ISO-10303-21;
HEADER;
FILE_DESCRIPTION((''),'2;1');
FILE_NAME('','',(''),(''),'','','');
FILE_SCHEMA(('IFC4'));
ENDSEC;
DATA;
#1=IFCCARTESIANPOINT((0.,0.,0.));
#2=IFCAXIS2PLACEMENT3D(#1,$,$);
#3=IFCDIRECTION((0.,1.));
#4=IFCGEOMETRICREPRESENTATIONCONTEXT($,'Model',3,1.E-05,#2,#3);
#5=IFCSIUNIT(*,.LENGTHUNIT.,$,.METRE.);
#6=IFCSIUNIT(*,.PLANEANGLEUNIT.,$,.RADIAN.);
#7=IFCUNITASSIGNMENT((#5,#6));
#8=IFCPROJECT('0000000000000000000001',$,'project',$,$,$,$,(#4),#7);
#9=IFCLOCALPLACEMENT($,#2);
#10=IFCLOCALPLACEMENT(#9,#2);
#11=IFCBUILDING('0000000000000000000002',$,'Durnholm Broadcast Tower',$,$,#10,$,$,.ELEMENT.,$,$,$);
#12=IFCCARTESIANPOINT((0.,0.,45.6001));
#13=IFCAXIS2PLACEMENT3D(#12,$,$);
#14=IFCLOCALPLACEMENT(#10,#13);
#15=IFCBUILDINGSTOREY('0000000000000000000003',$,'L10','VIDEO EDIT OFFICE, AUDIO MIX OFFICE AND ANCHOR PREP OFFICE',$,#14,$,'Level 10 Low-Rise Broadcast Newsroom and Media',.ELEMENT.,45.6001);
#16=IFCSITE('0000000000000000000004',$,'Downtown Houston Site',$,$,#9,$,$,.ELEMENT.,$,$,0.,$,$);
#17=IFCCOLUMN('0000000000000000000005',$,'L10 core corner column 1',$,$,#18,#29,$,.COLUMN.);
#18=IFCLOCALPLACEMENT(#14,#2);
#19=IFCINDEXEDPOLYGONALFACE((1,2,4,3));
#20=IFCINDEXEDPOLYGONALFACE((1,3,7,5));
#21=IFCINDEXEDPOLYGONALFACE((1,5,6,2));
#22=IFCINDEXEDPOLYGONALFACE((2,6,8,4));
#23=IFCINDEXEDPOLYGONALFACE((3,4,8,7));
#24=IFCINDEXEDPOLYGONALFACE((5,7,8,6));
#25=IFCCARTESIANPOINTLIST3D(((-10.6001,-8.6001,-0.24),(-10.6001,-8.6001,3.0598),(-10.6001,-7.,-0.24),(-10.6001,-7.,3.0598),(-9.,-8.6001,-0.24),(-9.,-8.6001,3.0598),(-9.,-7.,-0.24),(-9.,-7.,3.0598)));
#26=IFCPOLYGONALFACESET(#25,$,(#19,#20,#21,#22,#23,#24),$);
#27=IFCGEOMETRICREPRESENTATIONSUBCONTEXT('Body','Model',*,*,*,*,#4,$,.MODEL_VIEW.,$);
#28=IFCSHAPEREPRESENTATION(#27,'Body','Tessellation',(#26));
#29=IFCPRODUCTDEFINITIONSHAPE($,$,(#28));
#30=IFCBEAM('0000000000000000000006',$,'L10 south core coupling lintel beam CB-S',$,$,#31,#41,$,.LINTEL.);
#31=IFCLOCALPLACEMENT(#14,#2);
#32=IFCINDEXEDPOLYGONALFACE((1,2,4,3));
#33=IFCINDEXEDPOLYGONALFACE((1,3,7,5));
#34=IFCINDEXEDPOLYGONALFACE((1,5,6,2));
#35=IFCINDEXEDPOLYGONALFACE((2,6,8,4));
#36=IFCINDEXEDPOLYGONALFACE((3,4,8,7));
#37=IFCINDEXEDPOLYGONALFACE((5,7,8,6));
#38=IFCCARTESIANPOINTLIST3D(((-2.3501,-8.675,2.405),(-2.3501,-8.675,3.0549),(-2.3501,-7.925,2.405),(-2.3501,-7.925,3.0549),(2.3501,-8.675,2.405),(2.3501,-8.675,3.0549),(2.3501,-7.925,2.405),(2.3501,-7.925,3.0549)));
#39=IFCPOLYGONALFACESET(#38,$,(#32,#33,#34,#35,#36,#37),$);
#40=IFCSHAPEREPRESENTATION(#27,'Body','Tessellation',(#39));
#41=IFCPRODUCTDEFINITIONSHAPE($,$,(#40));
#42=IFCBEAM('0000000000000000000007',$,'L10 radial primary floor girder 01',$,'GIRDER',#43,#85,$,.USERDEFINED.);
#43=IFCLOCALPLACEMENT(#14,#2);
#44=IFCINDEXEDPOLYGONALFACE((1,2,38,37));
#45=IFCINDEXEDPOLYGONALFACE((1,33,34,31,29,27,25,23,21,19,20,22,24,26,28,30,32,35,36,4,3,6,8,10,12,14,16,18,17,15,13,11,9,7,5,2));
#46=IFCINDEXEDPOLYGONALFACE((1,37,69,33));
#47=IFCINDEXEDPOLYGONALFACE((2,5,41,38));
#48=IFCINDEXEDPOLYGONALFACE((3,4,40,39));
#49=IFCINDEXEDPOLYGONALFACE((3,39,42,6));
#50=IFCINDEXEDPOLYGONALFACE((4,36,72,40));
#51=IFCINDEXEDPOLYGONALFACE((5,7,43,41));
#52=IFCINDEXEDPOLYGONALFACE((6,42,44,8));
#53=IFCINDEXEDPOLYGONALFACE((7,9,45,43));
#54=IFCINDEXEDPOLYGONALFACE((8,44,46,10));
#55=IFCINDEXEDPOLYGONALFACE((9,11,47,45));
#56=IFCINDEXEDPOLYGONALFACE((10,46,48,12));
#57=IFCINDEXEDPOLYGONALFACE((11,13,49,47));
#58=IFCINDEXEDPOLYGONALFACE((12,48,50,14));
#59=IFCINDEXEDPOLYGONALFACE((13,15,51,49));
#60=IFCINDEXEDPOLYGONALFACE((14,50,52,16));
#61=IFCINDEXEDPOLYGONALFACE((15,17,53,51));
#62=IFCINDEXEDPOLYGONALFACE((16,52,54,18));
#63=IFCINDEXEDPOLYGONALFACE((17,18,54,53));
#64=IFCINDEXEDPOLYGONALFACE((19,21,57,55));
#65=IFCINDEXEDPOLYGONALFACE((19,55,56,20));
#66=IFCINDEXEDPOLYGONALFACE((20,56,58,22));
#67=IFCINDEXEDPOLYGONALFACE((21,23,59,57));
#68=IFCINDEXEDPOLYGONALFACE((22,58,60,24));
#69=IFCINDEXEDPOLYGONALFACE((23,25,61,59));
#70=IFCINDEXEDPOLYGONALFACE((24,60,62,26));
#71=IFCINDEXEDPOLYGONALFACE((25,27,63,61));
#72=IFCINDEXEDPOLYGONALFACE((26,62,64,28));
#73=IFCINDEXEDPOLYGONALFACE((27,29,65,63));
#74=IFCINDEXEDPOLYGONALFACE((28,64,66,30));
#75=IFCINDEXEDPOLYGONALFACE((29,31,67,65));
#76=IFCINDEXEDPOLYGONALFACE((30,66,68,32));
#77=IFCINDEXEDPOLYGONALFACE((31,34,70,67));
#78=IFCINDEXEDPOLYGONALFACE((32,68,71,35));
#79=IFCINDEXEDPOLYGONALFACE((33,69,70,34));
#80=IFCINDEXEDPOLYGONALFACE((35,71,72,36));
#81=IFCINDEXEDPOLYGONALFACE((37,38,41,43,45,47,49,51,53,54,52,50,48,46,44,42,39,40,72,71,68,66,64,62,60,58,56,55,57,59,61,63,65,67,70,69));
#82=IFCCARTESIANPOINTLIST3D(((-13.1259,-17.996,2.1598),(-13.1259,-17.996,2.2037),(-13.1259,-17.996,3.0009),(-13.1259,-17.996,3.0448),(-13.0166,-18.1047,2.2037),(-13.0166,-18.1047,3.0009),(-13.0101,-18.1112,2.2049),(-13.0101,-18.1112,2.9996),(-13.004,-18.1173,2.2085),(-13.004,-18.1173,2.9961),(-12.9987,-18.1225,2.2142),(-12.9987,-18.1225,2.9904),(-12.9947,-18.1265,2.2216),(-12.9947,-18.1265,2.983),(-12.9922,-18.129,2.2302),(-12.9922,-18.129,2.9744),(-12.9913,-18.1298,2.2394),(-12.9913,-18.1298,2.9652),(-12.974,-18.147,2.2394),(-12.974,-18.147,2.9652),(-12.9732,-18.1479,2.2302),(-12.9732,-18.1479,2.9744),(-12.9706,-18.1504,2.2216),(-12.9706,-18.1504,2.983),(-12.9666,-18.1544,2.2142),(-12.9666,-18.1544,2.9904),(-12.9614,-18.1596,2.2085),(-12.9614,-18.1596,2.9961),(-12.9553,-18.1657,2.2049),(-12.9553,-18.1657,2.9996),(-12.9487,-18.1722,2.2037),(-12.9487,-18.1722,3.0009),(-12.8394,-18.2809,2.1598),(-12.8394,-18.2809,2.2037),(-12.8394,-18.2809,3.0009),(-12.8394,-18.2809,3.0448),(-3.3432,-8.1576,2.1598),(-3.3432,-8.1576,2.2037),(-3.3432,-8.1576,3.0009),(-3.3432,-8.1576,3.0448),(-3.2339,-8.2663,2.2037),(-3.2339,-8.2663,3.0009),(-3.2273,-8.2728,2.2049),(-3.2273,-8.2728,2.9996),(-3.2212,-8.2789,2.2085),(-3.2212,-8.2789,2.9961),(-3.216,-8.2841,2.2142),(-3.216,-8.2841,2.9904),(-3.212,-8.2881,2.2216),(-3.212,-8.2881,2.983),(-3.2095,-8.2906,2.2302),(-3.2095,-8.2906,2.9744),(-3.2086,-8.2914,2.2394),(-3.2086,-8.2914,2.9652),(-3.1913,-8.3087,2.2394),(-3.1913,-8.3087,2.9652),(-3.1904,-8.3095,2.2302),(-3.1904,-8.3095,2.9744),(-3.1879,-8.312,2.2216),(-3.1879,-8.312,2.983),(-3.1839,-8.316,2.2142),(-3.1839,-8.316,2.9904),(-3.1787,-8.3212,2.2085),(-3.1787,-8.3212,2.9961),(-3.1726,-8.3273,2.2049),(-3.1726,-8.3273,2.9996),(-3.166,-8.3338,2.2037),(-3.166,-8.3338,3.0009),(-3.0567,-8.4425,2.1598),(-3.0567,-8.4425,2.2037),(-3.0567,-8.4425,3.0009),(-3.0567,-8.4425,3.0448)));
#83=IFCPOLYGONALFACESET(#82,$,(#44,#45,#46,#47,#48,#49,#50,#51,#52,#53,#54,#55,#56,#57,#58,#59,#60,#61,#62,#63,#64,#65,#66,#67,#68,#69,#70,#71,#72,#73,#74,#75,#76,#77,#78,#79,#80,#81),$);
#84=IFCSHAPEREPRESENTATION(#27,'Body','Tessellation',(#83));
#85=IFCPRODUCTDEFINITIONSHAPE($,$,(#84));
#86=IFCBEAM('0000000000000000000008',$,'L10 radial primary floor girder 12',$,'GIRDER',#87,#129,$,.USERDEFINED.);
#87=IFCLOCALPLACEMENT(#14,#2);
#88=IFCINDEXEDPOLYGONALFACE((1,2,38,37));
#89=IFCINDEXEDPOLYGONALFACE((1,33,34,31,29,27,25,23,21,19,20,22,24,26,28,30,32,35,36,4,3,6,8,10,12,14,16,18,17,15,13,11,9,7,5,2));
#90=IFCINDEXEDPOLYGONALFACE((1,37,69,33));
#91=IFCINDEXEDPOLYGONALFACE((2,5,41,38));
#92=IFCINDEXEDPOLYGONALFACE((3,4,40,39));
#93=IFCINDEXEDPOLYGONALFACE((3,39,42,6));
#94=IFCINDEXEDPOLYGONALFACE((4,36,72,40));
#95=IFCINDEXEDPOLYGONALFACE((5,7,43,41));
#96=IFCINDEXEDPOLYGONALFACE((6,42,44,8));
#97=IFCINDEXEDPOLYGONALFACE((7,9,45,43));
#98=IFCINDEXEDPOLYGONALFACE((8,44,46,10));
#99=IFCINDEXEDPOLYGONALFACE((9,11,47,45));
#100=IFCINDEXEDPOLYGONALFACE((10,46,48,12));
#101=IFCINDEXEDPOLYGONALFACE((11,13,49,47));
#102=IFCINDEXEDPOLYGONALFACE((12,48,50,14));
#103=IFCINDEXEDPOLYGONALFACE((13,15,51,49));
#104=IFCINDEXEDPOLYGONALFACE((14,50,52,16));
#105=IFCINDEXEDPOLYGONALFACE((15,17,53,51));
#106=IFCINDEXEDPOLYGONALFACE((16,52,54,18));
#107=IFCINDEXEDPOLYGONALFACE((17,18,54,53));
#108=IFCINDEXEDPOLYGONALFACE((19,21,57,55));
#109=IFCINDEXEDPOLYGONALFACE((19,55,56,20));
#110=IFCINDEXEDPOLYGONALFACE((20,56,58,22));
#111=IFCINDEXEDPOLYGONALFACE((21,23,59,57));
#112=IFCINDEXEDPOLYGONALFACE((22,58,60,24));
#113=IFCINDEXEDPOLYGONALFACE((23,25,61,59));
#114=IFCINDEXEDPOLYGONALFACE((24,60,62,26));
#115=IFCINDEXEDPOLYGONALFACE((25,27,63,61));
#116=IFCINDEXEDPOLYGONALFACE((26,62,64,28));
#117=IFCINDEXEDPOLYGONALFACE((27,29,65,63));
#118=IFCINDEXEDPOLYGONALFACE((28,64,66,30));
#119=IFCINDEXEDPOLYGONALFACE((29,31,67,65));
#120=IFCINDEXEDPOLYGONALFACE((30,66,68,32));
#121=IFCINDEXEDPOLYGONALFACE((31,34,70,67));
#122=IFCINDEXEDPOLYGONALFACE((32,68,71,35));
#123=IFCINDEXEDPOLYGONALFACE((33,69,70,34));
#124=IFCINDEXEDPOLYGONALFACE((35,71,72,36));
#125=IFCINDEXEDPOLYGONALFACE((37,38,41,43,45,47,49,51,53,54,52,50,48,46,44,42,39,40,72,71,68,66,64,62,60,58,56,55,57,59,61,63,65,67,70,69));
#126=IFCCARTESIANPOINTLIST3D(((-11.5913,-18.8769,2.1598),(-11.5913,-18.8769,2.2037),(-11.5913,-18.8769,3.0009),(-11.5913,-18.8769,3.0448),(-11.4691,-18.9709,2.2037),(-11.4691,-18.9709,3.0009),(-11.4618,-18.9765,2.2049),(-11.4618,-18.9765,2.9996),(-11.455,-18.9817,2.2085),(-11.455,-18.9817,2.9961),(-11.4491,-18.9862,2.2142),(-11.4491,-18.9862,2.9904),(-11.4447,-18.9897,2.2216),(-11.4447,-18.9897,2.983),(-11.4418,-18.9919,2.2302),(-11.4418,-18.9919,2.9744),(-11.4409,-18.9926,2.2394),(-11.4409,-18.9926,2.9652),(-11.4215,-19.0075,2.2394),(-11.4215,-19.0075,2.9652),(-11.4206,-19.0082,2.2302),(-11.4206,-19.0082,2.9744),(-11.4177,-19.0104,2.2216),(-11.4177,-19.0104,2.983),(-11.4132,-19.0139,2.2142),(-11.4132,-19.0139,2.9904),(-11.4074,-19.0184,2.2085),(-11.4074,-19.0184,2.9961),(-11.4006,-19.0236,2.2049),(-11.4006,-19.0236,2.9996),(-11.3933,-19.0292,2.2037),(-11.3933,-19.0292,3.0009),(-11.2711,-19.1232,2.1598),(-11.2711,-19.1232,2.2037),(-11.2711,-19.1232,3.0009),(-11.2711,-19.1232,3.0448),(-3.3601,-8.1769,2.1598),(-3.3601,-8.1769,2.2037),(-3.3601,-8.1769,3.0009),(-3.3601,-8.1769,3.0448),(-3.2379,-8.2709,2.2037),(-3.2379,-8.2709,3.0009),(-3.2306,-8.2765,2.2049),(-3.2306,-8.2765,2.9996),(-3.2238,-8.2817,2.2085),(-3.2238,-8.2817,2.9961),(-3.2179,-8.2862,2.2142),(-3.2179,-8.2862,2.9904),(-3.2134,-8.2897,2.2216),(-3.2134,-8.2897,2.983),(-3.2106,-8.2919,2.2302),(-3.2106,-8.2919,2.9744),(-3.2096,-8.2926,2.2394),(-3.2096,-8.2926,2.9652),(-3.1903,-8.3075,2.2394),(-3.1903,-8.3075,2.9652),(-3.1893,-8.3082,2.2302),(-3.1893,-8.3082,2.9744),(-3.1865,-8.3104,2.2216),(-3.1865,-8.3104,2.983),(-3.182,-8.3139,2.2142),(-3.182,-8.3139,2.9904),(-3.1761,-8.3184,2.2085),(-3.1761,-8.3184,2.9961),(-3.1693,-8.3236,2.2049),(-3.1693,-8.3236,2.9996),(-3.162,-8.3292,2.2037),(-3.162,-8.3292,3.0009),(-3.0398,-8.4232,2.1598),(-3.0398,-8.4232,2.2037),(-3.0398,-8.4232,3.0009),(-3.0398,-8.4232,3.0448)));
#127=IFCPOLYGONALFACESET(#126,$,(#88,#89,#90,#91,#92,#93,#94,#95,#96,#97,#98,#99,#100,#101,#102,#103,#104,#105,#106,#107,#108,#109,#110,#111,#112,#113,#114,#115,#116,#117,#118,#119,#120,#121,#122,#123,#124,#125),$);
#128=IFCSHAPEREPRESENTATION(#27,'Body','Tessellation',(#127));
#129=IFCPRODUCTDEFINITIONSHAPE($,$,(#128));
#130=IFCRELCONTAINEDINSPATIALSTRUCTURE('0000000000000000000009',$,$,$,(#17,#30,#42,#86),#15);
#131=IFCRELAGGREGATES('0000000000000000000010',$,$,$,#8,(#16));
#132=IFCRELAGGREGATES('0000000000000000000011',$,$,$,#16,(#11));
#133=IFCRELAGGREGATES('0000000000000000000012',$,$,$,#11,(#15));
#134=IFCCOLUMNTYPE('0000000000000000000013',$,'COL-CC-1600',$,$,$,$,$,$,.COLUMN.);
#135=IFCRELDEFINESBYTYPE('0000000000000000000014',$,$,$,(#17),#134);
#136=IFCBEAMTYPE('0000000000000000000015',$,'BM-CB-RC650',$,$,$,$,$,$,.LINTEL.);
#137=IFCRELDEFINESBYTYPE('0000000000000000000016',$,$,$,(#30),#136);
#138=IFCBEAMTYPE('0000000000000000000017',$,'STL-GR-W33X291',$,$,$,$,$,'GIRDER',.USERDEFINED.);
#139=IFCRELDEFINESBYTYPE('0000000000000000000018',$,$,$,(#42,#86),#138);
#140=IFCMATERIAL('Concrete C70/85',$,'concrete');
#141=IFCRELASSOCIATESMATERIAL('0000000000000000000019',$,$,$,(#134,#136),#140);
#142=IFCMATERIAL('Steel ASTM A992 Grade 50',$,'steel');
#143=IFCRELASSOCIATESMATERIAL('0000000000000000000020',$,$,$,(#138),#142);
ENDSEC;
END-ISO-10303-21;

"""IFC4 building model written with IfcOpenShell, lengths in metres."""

from ifc_helpers import new_model, si_unit, direction, frame, origin, origin_2d, place, context, subcontext, project, spatial, rectangle, i_section, extrude, source, transform, mapped, material, material_profile, profile_set, type_object, type_shapes, element, save


model = new_model("IFC4")

# Units and contexts
model_context = context("Model", 3, precision=1e-05, world=origin(), true_north=direction((0.0, 1.0)))
body_context = subcontext(model_context, "Body", "Model", "MODEL_VIEW")
ifc_project = project(units=[si_unit("LENGTHUNIT", "METRE"), si_unit("PLANEANGLEUNIT", "RADIAN")], contexts=[model_context])

# Site, building, storey
site_placement = place(None, origin())
site = spatial("IfcSite", under=ifc_project, at=site_placement, Name="Downtown Houston Site", CompositionType="ELEMENT", RefElevation=0.0)
building_placement = place(site_placement, origin())
building = spatial("IfcBuilding", under=site, at=building_placement, Name="Durnholm Broadcast Tower", CompositionType="ELEMENT")
storey_placement = place(building_placement, frame((0.0, 0.0, 45.6001)))
storey = spatial("IfcBuildingStorey", under=building, at=storey_placement, Name="L10", Description="VIDEO EDIT OFFICE, AUDIO MIX OFFICE AND ANCHOR PREP OFFICE", LongName="Level 10 Low-Rise Broadcast Newsroom and Media", CompositionType="ELEMENT", Elevation=45.6001)

# Column
ifc_material_1 = material(Name="Concrete C70/85", Category="concrete")
ifc_material_profile_1 = material_profile(ifc_material_1, rectangle(XDim=1.6001, YDim=1.6001, at=origin_2d()), Name="RC1600X1600")
ifc_profile_set_1 = profile_set([ifc_material_profile_1], Name="Concrete C70/85")
column_type = type_object("IfcColumnType", Name="COL-CC-1600", PredefinedType="COLUMN", material=ifc_profile_set_1)
shared_shape_1 = source(origin(), body_context, "Body", "SweptSolid", [
    extrude(rectangle(XDim=1.6001, YDim=1.6001, at=origin_2d()), origin(), (0.0, 0.0, 1.0), 3.2998),
])
type_shapes(column_type, [shared_shape_1])
column_placement = place(storey_placement, frame((-9.8, -7.8, -0.24), z_axis=(0.0, 0.0, 1.0), x_axis=(1.0, 0.0, 0.0)))
element("IfcColumn", 1, at=column_placement, inside=storey, type_object=column_type, Name="L10 core corner column 1", PredefinedType="COLUMN", context=body_context, shape_type="MappedRepresentation", body=[
    mapped(shared_shape_1, transform((0.0, 0.0, 0.0), x_axis=(1.0, 0.0, 0.0), y_axis=(0.0, 1.0, 0.0), z_axis=(0.0, 0.0, 1.0), scale=1.0)),
])

# Beams
ifc_material_profile_2 = material_profile(ifc_material_1, rectangle(XDim=0.75, YDim=0.6499, at=origin_2d()), Name="RC750X650")
ifc_profile_set_2 = profile_set([ifc_material_profile_2], Name="Concrete C70/85")
beam_type_1 = type_object("IfcBeamType", Name="BM-CB-RC650", PredefinedType="LINTEL", material=ifc_profile_set_2)
shared_shape_2 = source(origin(), body_context, "Body", "SweptSolid", [
    extrude(rectangle(XDim=0.75, YDim=0.6499, at=origin_2d()), origin(), (0.0, 0.0, 1.0), 4.7002),
])
type_shapes(beam_type_1, [shared_shape_2])
beam_1_placement = place(storey_placement, frame((-2.3501, -8.3, 2.73), z_axis=(1.0, 0.0, 0.0), x_axis=(0.0, 1.0, 0.0)))
element("IfcBeam", 2, at=beam_1_placement, inside=storey, type_object=beam_type_1, Name="L10 south core coupling lintel beam CB-S", PredefinedType="LINTEL", context=body_context, shape_type="MappedRepresentation", body=[
    mapped(shared_shape_2, transform((0.0, 0.0, 0.0), x_axis=(1.0, 0.0, 0.0), y_axis=(0.0, 1.0, 0.0), z_axis=(0.0, 0.0, 1.0), scale=1.0)),
])
ifc_material_2 = material(Name="Steel ASTM A992 Grade 50", Category="steel")
ifc_material_profile_3 = material_profile(ifc_material_2, i_section(OverallWidth=0.4041, OverallDepth=0.885, WebThickness=0.0244, FlangeThickness=0.0439, FilletRadius=0.0356, at=origin_2d()), Name="W33X291")
ifc_profile_set_3 = profile_set([ifc_material_profile_3], Name="Steel ASTM A992 Grade 50")
beam_type_2 = type_object("IfcBeamType", Name="STL-GR-W33X291", ElementType="GIRDER", PredefinedType="USERDEFINED", material=ifc_profile_set_3)
shared_shape_3 = source(origin(), body_context, "Body", "SweptSolid", [
    extrude(i_section(OverallWidth=0.4041, OverallDepth=0.885, WebThickness=0.0244, FlangeThickness=0.0439, FilletRadius=0.0356, at=origin_2d()), origin(), (0.0, 0.0, 1.0), 13.8743),
])
beam_2_placement = place(storey_placement, frame((-3.2, -8.3, 2.6023), z_axis=(-0.705098, -0.70911, 0.0), x_axis=(0.70911, -0.705098, 0.0)))
element("IfcBeam", 3, at=beam_2_placement, inside=storey, type_object=beam_type_2, Name="L10 radial primary floor girder 01", ObjectType="GIRDER", PredefinedType="USERDEFINED", context=body_context, shape_type="MappedRepresentation", body=[
    mapped(shared_shape_3, transform((0.0, 0.0, 0.0), x_axis=(1.0, 0.0, 0.0), y_axis=(0.0, 1.0, 0.0), z_axis=(0.0, 0.0, 1.0), scale=1.0)),
])
shared_shape_4 = source(origin(), body_context, "Body", "SweptSolid", [
    extrude(i_section(OverallWidth=0.4041, OverallDepth=0.885, WebThickness=0.0244, FlangeThickness=0.0439, FilletRadius=0.0356, at=origin_2d()), origin(), (0.0, 0.0, 1.0), 13.4998),
])
type_shapes(beam_type_2, [shared_shape_3, shared_shape_4])
beam_3_placement = place(storey_placement, frame((-3.2, -8.3, 2.6023), z_axis=(-0.609733, -0.792607, 0.0), x_axis=(0.792607, -0.609733, 0.0)))
element("IfcBeam", 4, at=beam_3_placement, inside=storey, type_object=beam_type_2, Name="L10 radial primary floor girder 12", ObjectType="GIRDER", PredefinedType="USERDEFINED", context=body_context, shape_type="MappedRepresentation", body=[
    mapped(shared_shape_4, transform((0.0, 0.0, 0.0), x_axis=(1.0, 0.0, 0.0), y_axis=(0.0, 1.0, 0.0), z_axis=(0.0, 0.0, 1.0), scale=1.0)),
])

save(model, "model.ifc")
